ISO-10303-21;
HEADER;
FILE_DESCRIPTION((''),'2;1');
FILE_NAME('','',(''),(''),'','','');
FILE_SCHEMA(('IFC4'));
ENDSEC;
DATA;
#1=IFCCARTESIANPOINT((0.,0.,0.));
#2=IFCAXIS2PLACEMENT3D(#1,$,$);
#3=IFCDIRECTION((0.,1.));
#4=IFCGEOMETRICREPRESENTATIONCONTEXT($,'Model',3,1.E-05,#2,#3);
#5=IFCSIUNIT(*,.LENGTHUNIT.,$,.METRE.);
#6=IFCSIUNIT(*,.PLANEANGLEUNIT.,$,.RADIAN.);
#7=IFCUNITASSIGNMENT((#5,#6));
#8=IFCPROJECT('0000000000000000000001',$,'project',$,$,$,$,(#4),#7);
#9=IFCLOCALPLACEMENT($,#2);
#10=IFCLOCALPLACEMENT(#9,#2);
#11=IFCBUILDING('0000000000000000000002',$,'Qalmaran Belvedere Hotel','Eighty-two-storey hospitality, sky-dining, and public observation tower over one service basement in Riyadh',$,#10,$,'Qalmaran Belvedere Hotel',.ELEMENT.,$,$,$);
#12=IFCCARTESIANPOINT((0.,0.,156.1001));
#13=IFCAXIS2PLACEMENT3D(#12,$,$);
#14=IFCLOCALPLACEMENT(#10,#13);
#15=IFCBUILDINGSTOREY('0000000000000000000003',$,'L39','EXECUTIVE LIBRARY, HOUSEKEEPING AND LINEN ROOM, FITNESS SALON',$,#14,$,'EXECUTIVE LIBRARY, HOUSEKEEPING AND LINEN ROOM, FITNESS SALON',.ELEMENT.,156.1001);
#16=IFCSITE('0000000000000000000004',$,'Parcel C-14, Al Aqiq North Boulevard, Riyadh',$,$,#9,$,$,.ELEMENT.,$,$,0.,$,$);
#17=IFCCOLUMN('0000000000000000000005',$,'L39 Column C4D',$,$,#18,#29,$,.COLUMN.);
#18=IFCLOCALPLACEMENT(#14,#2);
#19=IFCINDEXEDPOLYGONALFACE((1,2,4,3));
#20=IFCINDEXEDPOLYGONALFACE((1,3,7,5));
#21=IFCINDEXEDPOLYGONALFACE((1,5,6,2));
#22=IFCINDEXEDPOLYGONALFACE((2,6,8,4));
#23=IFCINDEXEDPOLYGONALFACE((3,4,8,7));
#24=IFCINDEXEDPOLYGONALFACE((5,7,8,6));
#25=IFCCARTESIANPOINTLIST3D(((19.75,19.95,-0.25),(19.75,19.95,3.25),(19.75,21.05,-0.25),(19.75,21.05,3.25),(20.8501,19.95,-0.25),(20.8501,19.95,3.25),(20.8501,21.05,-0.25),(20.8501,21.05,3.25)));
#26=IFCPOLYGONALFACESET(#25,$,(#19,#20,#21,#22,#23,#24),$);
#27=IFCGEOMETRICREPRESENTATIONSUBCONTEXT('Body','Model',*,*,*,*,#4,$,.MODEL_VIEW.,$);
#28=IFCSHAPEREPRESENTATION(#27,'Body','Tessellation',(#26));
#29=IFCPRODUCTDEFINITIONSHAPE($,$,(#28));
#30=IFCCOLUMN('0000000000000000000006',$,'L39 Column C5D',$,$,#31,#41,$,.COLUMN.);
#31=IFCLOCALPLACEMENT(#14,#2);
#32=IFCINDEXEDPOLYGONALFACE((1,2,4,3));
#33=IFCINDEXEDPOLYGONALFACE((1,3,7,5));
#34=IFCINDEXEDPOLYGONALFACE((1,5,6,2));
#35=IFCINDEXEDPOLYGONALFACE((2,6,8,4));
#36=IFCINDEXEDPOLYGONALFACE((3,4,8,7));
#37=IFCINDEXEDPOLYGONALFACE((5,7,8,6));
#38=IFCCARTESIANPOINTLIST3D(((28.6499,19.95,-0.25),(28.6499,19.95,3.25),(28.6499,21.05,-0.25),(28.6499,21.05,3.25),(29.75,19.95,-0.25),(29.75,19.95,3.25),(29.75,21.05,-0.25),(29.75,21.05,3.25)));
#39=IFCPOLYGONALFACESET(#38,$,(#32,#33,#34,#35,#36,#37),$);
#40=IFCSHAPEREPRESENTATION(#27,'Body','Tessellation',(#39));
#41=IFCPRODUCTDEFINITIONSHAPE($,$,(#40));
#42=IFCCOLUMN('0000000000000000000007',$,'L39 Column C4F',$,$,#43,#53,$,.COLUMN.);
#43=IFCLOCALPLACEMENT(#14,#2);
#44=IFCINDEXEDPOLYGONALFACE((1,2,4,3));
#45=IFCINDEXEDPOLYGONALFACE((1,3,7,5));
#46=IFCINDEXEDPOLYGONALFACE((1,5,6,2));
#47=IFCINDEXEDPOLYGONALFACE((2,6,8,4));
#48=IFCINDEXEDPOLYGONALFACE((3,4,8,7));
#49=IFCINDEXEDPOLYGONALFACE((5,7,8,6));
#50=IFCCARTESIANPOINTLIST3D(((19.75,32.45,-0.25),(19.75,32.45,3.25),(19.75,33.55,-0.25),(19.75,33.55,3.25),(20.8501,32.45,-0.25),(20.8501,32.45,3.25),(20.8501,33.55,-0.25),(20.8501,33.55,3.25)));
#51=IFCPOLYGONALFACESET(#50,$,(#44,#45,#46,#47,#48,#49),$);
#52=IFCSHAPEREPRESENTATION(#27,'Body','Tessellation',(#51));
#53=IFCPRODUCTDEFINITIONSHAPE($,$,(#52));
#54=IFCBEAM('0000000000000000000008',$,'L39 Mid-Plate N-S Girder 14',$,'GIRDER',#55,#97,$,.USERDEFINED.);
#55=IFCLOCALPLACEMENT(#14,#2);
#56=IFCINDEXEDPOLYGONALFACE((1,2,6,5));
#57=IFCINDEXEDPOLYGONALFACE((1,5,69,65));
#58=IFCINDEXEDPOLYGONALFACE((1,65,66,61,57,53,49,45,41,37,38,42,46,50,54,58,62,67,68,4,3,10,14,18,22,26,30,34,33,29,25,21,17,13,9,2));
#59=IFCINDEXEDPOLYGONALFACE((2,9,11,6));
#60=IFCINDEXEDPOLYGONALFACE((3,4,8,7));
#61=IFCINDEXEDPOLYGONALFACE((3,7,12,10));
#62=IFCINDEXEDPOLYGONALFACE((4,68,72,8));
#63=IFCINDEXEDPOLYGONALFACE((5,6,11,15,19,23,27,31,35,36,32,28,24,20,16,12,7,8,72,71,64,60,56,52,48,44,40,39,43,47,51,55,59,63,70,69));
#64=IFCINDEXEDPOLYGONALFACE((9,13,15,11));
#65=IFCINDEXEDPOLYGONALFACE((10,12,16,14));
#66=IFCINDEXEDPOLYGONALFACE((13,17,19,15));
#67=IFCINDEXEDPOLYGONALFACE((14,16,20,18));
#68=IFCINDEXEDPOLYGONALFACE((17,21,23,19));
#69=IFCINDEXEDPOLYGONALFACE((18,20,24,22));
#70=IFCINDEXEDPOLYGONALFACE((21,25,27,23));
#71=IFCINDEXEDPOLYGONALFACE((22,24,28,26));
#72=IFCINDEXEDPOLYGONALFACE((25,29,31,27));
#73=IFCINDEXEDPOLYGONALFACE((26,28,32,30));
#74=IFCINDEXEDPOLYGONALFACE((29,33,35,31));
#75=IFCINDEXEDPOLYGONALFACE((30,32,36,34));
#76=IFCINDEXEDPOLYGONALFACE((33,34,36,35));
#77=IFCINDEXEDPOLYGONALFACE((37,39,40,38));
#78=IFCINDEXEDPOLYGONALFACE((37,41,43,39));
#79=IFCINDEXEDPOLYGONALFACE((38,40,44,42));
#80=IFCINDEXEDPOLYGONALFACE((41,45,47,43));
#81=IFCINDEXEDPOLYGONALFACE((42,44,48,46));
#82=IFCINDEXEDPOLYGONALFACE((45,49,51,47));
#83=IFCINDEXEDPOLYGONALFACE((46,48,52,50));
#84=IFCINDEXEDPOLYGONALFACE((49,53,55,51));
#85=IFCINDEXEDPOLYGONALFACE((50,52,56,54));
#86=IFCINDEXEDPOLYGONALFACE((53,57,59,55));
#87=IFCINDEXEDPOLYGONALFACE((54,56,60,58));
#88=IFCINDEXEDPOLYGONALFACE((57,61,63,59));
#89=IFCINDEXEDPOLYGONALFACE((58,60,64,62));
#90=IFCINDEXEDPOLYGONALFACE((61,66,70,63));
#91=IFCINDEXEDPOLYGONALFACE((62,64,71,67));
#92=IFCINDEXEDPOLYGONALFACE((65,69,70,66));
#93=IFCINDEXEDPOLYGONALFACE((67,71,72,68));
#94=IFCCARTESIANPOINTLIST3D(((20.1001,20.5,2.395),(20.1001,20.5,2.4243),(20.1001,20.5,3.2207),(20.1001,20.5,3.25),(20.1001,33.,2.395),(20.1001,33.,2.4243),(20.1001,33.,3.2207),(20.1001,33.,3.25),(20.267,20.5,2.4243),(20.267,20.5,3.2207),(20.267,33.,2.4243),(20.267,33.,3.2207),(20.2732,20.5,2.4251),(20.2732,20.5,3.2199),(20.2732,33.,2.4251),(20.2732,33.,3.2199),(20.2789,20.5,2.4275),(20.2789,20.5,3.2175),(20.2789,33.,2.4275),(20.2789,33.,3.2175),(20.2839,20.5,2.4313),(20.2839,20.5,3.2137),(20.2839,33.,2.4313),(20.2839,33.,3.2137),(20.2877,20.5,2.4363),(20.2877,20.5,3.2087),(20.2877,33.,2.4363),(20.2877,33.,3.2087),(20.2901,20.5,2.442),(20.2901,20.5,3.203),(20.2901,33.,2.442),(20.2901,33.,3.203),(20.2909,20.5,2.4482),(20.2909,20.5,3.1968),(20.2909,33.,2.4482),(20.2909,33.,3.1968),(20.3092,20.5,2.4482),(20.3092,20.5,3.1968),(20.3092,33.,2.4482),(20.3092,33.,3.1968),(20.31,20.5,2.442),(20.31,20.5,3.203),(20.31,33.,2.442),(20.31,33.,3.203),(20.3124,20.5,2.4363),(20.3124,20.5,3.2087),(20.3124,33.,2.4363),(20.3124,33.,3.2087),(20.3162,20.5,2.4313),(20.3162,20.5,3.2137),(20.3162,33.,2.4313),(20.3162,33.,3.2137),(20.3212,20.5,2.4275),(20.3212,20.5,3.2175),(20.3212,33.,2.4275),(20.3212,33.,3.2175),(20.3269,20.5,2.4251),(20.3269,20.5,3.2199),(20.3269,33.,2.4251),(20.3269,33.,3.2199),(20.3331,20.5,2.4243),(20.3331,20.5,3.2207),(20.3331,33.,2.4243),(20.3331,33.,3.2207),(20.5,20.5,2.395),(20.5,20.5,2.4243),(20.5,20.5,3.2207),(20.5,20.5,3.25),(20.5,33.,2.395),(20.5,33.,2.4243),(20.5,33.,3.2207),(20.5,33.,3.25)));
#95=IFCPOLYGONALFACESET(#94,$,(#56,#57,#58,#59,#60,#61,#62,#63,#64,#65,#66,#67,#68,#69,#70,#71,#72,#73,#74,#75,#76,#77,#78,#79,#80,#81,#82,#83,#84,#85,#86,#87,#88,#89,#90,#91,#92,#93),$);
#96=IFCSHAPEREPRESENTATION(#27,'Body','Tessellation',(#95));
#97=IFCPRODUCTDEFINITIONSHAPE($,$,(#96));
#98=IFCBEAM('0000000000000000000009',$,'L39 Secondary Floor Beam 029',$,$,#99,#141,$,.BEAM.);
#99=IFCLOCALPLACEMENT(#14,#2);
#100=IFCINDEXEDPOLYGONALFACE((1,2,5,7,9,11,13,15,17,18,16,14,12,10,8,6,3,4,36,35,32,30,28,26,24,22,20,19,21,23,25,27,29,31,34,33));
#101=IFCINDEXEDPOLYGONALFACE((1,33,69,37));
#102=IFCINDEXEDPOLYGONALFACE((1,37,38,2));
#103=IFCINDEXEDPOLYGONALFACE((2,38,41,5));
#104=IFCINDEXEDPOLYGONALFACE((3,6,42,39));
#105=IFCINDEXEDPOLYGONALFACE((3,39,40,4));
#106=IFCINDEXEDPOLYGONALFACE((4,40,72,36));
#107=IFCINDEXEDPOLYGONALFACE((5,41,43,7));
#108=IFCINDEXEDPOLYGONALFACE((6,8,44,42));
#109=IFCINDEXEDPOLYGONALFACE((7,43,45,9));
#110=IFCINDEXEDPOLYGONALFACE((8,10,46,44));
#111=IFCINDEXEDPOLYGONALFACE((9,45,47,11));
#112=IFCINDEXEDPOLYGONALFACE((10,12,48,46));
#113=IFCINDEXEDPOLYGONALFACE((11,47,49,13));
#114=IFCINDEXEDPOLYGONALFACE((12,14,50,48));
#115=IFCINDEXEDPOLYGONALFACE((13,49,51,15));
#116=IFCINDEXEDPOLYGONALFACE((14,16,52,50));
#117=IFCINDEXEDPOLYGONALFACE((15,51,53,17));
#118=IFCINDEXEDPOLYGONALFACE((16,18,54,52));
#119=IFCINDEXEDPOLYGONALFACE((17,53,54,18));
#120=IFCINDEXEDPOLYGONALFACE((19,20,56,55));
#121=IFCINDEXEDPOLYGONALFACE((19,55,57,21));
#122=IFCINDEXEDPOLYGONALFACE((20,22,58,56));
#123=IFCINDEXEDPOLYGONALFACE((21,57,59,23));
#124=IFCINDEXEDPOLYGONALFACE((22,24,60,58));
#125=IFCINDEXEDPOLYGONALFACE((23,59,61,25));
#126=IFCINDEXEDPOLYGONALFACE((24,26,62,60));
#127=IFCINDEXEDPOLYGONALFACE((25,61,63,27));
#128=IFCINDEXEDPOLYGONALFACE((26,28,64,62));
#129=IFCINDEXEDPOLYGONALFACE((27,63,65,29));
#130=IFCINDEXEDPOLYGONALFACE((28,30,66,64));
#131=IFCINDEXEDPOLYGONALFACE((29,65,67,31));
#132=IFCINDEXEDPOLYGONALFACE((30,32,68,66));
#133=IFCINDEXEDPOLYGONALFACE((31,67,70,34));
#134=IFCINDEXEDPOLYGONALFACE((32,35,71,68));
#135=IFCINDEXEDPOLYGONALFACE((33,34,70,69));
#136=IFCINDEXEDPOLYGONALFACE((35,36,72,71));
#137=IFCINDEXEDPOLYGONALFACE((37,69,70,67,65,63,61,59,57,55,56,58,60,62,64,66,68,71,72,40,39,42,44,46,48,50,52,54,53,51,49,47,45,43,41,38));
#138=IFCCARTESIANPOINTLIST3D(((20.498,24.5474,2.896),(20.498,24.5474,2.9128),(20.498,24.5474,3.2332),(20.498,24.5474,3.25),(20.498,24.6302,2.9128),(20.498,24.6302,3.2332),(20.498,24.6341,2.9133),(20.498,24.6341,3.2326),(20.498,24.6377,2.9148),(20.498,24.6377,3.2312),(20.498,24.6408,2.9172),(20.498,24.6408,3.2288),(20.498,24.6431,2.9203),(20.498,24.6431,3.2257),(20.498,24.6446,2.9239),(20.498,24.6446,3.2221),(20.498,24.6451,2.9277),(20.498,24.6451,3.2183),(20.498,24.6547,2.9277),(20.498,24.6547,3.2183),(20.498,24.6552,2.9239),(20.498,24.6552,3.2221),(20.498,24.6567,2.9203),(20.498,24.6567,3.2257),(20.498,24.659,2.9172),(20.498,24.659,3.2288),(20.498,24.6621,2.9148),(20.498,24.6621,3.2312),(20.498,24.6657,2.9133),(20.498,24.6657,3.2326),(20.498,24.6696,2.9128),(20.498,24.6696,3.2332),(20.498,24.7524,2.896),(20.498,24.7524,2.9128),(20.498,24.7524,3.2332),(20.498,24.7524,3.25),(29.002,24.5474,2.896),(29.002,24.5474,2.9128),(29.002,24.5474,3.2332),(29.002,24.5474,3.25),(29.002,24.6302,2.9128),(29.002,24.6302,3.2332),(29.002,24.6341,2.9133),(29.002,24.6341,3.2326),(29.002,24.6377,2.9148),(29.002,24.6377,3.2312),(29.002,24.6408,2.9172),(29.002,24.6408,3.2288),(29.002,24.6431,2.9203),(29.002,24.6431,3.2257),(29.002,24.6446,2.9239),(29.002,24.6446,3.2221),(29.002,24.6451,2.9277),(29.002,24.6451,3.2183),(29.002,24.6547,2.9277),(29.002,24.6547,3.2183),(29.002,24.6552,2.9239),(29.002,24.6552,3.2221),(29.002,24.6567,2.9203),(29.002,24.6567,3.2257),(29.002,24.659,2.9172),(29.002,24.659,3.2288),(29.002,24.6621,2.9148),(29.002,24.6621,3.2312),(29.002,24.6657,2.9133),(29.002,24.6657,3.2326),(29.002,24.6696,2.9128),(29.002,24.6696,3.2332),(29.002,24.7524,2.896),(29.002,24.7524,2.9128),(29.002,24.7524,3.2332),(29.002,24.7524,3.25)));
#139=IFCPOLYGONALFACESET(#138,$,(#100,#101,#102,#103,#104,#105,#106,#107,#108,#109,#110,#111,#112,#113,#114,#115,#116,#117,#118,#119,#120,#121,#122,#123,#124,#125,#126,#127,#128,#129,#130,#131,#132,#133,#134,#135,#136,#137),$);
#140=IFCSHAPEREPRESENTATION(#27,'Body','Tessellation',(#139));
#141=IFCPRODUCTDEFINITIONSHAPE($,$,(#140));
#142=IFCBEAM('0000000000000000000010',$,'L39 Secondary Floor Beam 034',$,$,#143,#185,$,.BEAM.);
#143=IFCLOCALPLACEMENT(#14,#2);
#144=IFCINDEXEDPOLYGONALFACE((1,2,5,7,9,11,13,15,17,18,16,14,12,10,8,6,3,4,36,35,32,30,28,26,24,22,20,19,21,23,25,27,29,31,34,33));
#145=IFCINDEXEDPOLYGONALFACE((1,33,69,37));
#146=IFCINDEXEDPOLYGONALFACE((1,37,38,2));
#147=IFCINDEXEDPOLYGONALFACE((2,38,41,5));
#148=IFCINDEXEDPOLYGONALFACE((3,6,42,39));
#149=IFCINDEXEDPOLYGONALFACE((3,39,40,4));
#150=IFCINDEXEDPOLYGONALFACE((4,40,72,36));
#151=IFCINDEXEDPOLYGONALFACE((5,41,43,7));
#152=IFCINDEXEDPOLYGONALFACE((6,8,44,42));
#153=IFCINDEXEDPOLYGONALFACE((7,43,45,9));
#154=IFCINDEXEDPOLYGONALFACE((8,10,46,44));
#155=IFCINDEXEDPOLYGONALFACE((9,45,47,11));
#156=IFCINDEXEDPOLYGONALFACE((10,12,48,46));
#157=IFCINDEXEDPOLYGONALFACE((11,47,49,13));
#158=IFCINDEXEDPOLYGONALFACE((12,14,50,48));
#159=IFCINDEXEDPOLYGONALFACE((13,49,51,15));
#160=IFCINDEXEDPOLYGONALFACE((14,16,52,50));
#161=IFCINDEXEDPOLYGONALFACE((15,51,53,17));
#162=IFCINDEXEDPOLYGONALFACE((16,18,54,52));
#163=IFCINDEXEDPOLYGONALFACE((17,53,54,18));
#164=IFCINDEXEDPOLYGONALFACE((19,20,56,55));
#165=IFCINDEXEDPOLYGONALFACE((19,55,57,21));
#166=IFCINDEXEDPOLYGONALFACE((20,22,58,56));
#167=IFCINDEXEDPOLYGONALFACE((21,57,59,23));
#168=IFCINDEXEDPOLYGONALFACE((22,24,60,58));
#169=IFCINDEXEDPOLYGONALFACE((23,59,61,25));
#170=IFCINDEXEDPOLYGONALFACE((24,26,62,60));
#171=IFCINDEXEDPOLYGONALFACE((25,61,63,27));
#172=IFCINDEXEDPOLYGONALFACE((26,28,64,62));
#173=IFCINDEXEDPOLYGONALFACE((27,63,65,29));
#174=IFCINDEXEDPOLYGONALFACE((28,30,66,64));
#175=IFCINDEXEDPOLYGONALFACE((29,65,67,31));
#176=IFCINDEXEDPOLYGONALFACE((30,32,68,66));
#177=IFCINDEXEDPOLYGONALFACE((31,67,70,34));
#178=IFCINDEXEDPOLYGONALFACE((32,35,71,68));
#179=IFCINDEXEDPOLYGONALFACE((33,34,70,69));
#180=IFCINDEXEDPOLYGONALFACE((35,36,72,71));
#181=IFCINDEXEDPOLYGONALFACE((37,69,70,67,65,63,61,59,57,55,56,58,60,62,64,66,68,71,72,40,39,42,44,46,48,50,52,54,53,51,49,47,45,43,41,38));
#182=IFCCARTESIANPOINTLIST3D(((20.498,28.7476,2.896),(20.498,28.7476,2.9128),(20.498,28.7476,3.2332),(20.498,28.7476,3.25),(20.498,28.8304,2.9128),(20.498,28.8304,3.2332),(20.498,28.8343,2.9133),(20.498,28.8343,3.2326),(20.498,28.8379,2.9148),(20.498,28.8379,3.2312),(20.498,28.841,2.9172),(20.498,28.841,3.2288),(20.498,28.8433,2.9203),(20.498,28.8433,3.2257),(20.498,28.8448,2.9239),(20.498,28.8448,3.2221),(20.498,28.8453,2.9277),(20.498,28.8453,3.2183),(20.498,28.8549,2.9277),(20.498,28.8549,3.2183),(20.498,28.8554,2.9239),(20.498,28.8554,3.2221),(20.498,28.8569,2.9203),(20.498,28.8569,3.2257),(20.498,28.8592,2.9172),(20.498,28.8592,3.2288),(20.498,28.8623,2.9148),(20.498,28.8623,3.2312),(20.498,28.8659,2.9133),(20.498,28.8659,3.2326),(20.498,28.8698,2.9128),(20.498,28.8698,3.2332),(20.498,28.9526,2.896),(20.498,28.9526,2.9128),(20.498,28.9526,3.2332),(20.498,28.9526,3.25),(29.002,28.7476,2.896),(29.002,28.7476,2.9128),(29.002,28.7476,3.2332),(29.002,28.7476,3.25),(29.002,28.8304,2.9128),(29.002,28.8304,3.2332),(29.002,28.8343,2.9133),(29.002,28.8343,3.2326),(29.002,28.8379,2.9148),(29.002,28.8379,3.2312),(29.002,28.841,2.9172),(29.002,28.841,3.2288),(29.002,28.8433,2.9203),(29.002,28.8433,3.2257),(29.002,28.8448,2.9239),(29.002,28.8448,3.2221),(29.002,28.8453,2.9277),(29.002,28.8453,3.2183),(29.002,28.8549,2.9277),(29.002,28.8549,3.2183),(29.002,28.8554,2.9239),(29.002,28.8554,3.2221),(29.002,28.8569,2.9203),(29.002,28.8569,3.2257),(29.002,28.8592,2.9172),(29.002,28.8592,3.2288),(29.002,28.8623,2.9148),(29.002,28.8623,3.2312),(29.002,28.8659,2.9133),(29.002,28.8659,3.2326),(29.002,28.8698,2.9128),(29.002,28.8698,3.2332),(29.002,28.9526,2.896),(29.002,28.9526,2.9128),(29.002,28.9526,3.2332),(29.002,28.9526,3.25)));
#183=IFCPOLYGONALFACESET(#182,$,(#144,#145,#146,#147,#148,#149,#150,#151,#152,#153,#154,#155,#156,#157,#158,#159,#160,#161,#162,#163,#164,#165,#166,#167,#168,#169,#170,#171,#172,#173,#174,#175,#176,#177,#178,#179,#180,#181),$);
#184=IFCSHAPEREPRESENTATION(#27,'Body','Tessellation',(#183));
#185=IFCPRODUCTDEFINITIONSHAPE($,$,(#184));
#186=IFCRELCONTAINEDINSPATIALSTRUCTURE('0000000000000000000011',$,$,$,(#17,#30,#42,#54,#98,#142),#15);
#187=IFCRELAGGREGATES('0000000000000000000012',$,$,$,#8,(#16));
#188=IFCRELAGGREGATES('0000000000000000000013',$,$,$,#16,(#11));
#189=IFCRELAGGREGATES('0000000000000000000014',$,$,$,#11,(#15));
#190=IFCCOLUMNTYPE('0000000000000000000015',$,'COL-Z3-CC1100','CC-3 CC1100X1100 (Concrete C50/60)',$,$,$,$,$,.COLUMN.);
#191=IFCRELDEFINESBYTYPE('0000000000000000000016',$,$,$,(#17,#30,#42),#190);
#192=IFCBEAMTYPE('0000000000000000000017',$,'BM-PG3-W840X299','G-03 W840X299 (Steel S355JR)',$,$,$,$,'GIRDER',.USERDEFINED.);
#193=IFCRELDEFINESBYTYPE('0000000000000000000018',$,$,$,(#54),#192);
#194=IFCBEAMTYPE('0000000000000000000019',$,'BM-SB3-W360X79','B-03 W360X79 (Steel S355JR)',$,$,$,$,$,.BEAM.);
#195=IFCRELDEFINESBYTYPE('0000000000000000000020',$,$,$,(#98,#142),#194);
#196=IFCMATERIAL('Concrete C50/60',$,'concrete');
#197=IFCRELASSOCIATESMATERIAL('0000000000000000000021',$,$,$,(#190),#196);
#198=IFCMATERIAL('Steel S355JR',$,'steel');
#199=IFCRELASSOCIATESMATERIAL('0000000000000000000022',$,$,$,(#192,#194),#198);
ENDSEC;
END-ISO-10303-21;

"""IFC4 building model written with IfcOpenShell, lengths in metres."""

from ifc_helpers import new_model, si_unit, direction, frame, origin, origin_2d, place, context, subcontext, project, spatial, rectangle, i_section, extrude, material, material_profile, profile_set, type_object, element, save


model = new_model("IFC4")

# Units and contexts
model_context = context("Model", 3, precision=1e-05, world=origin(), true_north=direction((0.0, 1.0)))
body_context = subcontext(model_context, "Body", "Model", "MODEL_VIEW")
ifc_project = project(units=[si_unit("LENGTHUNIT", "METRE"), si_unit("PLANEANGLEUNIT", "RADIAN")], contexts=[model_context])

# Site, building, storey
site_placement = place(None, origin())
site = spatial("IfcSite", under=ifc_project, at=site_placement, Name="Parcel C-14, Al Aqiq North Boulevard, Riyadh", CompositionType="ELEMENT", RefElevation=0.0)
building_placement = place(site_placement, origin())
building = spatial("IfcBuilding", under=site, at=building_placement, Name="Qalmaran Belvedere Hotel", Description="Eighty-two-storey hospitality, sky-dining, and public observation tower over one service basement in Riyadh", LongName="Qalmaran Belvedere Hotel", CompositionType="ELEMENT")
storey_placement = place(building_placement, frame((0.0, 0.0, 156.1001)))
storey = spatial("IfcBuildingStorey", under=building, at=storey_placement, Name="L39", Description="EXECUTIVE LIBRARY, HOUSEKEEPING AND LINEN ROOM, FITNESS SALON", LongName="EXECUTIVE LIBRARY, HOUSEKEEPING AND LINEN ROOM, FITNESS SALON", CompositionType="ELEMENT", Elevation=156.1001)

# Columns
ifc_material_1 = material(Name="Concrete C50/60", Category="concrete")
ifc_material_profile_1 = material_profile(ifc_material_1, rectangle(XDim=1.1001, YDim=1.1001, at=origin_2d()), Name="CC1100X1100")
ifc_profile_set_1 = profile_set([ifc_material_profile_1], Name="Concrete C50/60")
column_type = type_object("IfcColumnType", Name="COL-Z3-CC1100", Description="CC-3 CC1100X1100 (Concrete C50/60)", PredefinedType="COLUMN", material=ifc_profile_set_1)
for number, where, z_axis, x_axis, name in (
    (1, (20.3, 20.5, -0.25), (0.0, 0.0, 1.0), (1.0, 0.0, 0.0), "L39 Column C4D"),
    (2, (29.2, 20.5, -0.25), (0.0, 0.0, 1.0), (1.0, 0.0, 0.0), "L39 Column C5D"),
    (3, (20.3, 33.0, -0.25), (0.0, 0.0, 1.0), (1.0, 0.0, 0.0), "L39 Column C4F"),
):
    element("IfcColumn", number, at=place(storey_placement, frame(where, z_axis=z_axis, x_axis=x_axis)), inside=storey, type_object=column_type, Name=name, PredefinedType="COLUMN", context=body_context, shape_type="SweptSolid", body=[
        extrude(rectangle(XDim=1.1001, YDim=1.1001, at=origin_2d()), origin(), (0.0, 0.0, 1.0), 3.5),
    ])

# Beams
ifc_material_2 = material(Name="Steel S355JR", Category="steel")
ifc_material_profile_2 = material_profile(ifc_material_2, i_section(OverallWidth=0.3999, OverallDepth=0.855, WebThickness=0.0183, FlangeThickness=0.0293, FilletRadius=0.0239, at=origin_2d()), Name="W840X299")
ifc_profile_set_2 = profile_set([ifc_material_profile_2], Name="Steel S355JR")
beam_type_1 = type_object("IfcBeamType", Name="BM-PG3-W840X299", Description="G-03 W840X299 (Steel S355JR)", ElementType="GIRDER", PredefinedType="USERDEFINED", material=ifc_profile_set_2)
beam_1_placement = place(storey_placement, frame((20.3, 20.5, 2.8225), z_axis=(0.0, 1.0, 0.0), x_axis=(-1.0, 0.0, 0.0)))
element("IfcBeam", 4, at=beam_1_placement, inside=storey, type_object=beam_type_1, Name="L39 Mid-Plate N-S Girder 14", ObjectType="GIRDER", PredefinedType="USERDEFINED", context=body_context, shape_type="SweptSolid", body=[
    extrude(i_section(OverallWidth=0.3999, OverallDepth=0.855, WebThickness=0.0183, FlangeThickness=0.0293, FilletRadius=0.0239, at=origin_2d()), origin(), (0.0, 0.0, 1.0), 12.5),
])
ifc_material_profile_3 = material_profile(ifc_material_2, i_section(OverallWidth=0.2051, OverallDepth=0.354, WebThickness=0.0095, FlangeThickness=0.0168, FilletRadius=0.0149, at=origin_2d()), Name="W360X79")
ifc_profile_set_3 = profile_set([ifc_material_profile_3], Name="Steel S355JR")
beam_type_2 = type_object("IfcBeamType", Name="BM-SB3-W360X79", Description="B-03 W360X79 (Steel S355JR)", PredefinedType="BEAM", material=ifc_profile_set_3)
for number, where, z_axis, x_axis, name in (
    (5, (20.498, 24.6499, 3.073), (1.0, 0.0, 0.0), (0.0, 1.0, 0.0), "L39 Secondary Floor Beam 029"),
    (6, (20.498, 28.8501, 3.073), (1.0, 0.0, 0.0), (0.0, 1.0, 0.0), "L39 Secondary Floor Beam 034"),
):
    element("IfcBeam", number, at=place(storey_placement, frame(where, z_axis=z_axis, x_axis=x_axis)), inside=storey, type_object=beam_type_2, Name=name, PredefinedType="BEAM", context=body_context, shape_type="SweptSolid", body=[
        extrude(i_section(OverallWidth=0.2051, OverallDepth=0.354, WebThickness=0.0095, FlangeThickness=0.0168, FilletRadius=0.0149, at=origin_2d()), origin(), (0.0, 0.0, 1.0), 8.5039),
    ])

save(model, "model.ifc")
